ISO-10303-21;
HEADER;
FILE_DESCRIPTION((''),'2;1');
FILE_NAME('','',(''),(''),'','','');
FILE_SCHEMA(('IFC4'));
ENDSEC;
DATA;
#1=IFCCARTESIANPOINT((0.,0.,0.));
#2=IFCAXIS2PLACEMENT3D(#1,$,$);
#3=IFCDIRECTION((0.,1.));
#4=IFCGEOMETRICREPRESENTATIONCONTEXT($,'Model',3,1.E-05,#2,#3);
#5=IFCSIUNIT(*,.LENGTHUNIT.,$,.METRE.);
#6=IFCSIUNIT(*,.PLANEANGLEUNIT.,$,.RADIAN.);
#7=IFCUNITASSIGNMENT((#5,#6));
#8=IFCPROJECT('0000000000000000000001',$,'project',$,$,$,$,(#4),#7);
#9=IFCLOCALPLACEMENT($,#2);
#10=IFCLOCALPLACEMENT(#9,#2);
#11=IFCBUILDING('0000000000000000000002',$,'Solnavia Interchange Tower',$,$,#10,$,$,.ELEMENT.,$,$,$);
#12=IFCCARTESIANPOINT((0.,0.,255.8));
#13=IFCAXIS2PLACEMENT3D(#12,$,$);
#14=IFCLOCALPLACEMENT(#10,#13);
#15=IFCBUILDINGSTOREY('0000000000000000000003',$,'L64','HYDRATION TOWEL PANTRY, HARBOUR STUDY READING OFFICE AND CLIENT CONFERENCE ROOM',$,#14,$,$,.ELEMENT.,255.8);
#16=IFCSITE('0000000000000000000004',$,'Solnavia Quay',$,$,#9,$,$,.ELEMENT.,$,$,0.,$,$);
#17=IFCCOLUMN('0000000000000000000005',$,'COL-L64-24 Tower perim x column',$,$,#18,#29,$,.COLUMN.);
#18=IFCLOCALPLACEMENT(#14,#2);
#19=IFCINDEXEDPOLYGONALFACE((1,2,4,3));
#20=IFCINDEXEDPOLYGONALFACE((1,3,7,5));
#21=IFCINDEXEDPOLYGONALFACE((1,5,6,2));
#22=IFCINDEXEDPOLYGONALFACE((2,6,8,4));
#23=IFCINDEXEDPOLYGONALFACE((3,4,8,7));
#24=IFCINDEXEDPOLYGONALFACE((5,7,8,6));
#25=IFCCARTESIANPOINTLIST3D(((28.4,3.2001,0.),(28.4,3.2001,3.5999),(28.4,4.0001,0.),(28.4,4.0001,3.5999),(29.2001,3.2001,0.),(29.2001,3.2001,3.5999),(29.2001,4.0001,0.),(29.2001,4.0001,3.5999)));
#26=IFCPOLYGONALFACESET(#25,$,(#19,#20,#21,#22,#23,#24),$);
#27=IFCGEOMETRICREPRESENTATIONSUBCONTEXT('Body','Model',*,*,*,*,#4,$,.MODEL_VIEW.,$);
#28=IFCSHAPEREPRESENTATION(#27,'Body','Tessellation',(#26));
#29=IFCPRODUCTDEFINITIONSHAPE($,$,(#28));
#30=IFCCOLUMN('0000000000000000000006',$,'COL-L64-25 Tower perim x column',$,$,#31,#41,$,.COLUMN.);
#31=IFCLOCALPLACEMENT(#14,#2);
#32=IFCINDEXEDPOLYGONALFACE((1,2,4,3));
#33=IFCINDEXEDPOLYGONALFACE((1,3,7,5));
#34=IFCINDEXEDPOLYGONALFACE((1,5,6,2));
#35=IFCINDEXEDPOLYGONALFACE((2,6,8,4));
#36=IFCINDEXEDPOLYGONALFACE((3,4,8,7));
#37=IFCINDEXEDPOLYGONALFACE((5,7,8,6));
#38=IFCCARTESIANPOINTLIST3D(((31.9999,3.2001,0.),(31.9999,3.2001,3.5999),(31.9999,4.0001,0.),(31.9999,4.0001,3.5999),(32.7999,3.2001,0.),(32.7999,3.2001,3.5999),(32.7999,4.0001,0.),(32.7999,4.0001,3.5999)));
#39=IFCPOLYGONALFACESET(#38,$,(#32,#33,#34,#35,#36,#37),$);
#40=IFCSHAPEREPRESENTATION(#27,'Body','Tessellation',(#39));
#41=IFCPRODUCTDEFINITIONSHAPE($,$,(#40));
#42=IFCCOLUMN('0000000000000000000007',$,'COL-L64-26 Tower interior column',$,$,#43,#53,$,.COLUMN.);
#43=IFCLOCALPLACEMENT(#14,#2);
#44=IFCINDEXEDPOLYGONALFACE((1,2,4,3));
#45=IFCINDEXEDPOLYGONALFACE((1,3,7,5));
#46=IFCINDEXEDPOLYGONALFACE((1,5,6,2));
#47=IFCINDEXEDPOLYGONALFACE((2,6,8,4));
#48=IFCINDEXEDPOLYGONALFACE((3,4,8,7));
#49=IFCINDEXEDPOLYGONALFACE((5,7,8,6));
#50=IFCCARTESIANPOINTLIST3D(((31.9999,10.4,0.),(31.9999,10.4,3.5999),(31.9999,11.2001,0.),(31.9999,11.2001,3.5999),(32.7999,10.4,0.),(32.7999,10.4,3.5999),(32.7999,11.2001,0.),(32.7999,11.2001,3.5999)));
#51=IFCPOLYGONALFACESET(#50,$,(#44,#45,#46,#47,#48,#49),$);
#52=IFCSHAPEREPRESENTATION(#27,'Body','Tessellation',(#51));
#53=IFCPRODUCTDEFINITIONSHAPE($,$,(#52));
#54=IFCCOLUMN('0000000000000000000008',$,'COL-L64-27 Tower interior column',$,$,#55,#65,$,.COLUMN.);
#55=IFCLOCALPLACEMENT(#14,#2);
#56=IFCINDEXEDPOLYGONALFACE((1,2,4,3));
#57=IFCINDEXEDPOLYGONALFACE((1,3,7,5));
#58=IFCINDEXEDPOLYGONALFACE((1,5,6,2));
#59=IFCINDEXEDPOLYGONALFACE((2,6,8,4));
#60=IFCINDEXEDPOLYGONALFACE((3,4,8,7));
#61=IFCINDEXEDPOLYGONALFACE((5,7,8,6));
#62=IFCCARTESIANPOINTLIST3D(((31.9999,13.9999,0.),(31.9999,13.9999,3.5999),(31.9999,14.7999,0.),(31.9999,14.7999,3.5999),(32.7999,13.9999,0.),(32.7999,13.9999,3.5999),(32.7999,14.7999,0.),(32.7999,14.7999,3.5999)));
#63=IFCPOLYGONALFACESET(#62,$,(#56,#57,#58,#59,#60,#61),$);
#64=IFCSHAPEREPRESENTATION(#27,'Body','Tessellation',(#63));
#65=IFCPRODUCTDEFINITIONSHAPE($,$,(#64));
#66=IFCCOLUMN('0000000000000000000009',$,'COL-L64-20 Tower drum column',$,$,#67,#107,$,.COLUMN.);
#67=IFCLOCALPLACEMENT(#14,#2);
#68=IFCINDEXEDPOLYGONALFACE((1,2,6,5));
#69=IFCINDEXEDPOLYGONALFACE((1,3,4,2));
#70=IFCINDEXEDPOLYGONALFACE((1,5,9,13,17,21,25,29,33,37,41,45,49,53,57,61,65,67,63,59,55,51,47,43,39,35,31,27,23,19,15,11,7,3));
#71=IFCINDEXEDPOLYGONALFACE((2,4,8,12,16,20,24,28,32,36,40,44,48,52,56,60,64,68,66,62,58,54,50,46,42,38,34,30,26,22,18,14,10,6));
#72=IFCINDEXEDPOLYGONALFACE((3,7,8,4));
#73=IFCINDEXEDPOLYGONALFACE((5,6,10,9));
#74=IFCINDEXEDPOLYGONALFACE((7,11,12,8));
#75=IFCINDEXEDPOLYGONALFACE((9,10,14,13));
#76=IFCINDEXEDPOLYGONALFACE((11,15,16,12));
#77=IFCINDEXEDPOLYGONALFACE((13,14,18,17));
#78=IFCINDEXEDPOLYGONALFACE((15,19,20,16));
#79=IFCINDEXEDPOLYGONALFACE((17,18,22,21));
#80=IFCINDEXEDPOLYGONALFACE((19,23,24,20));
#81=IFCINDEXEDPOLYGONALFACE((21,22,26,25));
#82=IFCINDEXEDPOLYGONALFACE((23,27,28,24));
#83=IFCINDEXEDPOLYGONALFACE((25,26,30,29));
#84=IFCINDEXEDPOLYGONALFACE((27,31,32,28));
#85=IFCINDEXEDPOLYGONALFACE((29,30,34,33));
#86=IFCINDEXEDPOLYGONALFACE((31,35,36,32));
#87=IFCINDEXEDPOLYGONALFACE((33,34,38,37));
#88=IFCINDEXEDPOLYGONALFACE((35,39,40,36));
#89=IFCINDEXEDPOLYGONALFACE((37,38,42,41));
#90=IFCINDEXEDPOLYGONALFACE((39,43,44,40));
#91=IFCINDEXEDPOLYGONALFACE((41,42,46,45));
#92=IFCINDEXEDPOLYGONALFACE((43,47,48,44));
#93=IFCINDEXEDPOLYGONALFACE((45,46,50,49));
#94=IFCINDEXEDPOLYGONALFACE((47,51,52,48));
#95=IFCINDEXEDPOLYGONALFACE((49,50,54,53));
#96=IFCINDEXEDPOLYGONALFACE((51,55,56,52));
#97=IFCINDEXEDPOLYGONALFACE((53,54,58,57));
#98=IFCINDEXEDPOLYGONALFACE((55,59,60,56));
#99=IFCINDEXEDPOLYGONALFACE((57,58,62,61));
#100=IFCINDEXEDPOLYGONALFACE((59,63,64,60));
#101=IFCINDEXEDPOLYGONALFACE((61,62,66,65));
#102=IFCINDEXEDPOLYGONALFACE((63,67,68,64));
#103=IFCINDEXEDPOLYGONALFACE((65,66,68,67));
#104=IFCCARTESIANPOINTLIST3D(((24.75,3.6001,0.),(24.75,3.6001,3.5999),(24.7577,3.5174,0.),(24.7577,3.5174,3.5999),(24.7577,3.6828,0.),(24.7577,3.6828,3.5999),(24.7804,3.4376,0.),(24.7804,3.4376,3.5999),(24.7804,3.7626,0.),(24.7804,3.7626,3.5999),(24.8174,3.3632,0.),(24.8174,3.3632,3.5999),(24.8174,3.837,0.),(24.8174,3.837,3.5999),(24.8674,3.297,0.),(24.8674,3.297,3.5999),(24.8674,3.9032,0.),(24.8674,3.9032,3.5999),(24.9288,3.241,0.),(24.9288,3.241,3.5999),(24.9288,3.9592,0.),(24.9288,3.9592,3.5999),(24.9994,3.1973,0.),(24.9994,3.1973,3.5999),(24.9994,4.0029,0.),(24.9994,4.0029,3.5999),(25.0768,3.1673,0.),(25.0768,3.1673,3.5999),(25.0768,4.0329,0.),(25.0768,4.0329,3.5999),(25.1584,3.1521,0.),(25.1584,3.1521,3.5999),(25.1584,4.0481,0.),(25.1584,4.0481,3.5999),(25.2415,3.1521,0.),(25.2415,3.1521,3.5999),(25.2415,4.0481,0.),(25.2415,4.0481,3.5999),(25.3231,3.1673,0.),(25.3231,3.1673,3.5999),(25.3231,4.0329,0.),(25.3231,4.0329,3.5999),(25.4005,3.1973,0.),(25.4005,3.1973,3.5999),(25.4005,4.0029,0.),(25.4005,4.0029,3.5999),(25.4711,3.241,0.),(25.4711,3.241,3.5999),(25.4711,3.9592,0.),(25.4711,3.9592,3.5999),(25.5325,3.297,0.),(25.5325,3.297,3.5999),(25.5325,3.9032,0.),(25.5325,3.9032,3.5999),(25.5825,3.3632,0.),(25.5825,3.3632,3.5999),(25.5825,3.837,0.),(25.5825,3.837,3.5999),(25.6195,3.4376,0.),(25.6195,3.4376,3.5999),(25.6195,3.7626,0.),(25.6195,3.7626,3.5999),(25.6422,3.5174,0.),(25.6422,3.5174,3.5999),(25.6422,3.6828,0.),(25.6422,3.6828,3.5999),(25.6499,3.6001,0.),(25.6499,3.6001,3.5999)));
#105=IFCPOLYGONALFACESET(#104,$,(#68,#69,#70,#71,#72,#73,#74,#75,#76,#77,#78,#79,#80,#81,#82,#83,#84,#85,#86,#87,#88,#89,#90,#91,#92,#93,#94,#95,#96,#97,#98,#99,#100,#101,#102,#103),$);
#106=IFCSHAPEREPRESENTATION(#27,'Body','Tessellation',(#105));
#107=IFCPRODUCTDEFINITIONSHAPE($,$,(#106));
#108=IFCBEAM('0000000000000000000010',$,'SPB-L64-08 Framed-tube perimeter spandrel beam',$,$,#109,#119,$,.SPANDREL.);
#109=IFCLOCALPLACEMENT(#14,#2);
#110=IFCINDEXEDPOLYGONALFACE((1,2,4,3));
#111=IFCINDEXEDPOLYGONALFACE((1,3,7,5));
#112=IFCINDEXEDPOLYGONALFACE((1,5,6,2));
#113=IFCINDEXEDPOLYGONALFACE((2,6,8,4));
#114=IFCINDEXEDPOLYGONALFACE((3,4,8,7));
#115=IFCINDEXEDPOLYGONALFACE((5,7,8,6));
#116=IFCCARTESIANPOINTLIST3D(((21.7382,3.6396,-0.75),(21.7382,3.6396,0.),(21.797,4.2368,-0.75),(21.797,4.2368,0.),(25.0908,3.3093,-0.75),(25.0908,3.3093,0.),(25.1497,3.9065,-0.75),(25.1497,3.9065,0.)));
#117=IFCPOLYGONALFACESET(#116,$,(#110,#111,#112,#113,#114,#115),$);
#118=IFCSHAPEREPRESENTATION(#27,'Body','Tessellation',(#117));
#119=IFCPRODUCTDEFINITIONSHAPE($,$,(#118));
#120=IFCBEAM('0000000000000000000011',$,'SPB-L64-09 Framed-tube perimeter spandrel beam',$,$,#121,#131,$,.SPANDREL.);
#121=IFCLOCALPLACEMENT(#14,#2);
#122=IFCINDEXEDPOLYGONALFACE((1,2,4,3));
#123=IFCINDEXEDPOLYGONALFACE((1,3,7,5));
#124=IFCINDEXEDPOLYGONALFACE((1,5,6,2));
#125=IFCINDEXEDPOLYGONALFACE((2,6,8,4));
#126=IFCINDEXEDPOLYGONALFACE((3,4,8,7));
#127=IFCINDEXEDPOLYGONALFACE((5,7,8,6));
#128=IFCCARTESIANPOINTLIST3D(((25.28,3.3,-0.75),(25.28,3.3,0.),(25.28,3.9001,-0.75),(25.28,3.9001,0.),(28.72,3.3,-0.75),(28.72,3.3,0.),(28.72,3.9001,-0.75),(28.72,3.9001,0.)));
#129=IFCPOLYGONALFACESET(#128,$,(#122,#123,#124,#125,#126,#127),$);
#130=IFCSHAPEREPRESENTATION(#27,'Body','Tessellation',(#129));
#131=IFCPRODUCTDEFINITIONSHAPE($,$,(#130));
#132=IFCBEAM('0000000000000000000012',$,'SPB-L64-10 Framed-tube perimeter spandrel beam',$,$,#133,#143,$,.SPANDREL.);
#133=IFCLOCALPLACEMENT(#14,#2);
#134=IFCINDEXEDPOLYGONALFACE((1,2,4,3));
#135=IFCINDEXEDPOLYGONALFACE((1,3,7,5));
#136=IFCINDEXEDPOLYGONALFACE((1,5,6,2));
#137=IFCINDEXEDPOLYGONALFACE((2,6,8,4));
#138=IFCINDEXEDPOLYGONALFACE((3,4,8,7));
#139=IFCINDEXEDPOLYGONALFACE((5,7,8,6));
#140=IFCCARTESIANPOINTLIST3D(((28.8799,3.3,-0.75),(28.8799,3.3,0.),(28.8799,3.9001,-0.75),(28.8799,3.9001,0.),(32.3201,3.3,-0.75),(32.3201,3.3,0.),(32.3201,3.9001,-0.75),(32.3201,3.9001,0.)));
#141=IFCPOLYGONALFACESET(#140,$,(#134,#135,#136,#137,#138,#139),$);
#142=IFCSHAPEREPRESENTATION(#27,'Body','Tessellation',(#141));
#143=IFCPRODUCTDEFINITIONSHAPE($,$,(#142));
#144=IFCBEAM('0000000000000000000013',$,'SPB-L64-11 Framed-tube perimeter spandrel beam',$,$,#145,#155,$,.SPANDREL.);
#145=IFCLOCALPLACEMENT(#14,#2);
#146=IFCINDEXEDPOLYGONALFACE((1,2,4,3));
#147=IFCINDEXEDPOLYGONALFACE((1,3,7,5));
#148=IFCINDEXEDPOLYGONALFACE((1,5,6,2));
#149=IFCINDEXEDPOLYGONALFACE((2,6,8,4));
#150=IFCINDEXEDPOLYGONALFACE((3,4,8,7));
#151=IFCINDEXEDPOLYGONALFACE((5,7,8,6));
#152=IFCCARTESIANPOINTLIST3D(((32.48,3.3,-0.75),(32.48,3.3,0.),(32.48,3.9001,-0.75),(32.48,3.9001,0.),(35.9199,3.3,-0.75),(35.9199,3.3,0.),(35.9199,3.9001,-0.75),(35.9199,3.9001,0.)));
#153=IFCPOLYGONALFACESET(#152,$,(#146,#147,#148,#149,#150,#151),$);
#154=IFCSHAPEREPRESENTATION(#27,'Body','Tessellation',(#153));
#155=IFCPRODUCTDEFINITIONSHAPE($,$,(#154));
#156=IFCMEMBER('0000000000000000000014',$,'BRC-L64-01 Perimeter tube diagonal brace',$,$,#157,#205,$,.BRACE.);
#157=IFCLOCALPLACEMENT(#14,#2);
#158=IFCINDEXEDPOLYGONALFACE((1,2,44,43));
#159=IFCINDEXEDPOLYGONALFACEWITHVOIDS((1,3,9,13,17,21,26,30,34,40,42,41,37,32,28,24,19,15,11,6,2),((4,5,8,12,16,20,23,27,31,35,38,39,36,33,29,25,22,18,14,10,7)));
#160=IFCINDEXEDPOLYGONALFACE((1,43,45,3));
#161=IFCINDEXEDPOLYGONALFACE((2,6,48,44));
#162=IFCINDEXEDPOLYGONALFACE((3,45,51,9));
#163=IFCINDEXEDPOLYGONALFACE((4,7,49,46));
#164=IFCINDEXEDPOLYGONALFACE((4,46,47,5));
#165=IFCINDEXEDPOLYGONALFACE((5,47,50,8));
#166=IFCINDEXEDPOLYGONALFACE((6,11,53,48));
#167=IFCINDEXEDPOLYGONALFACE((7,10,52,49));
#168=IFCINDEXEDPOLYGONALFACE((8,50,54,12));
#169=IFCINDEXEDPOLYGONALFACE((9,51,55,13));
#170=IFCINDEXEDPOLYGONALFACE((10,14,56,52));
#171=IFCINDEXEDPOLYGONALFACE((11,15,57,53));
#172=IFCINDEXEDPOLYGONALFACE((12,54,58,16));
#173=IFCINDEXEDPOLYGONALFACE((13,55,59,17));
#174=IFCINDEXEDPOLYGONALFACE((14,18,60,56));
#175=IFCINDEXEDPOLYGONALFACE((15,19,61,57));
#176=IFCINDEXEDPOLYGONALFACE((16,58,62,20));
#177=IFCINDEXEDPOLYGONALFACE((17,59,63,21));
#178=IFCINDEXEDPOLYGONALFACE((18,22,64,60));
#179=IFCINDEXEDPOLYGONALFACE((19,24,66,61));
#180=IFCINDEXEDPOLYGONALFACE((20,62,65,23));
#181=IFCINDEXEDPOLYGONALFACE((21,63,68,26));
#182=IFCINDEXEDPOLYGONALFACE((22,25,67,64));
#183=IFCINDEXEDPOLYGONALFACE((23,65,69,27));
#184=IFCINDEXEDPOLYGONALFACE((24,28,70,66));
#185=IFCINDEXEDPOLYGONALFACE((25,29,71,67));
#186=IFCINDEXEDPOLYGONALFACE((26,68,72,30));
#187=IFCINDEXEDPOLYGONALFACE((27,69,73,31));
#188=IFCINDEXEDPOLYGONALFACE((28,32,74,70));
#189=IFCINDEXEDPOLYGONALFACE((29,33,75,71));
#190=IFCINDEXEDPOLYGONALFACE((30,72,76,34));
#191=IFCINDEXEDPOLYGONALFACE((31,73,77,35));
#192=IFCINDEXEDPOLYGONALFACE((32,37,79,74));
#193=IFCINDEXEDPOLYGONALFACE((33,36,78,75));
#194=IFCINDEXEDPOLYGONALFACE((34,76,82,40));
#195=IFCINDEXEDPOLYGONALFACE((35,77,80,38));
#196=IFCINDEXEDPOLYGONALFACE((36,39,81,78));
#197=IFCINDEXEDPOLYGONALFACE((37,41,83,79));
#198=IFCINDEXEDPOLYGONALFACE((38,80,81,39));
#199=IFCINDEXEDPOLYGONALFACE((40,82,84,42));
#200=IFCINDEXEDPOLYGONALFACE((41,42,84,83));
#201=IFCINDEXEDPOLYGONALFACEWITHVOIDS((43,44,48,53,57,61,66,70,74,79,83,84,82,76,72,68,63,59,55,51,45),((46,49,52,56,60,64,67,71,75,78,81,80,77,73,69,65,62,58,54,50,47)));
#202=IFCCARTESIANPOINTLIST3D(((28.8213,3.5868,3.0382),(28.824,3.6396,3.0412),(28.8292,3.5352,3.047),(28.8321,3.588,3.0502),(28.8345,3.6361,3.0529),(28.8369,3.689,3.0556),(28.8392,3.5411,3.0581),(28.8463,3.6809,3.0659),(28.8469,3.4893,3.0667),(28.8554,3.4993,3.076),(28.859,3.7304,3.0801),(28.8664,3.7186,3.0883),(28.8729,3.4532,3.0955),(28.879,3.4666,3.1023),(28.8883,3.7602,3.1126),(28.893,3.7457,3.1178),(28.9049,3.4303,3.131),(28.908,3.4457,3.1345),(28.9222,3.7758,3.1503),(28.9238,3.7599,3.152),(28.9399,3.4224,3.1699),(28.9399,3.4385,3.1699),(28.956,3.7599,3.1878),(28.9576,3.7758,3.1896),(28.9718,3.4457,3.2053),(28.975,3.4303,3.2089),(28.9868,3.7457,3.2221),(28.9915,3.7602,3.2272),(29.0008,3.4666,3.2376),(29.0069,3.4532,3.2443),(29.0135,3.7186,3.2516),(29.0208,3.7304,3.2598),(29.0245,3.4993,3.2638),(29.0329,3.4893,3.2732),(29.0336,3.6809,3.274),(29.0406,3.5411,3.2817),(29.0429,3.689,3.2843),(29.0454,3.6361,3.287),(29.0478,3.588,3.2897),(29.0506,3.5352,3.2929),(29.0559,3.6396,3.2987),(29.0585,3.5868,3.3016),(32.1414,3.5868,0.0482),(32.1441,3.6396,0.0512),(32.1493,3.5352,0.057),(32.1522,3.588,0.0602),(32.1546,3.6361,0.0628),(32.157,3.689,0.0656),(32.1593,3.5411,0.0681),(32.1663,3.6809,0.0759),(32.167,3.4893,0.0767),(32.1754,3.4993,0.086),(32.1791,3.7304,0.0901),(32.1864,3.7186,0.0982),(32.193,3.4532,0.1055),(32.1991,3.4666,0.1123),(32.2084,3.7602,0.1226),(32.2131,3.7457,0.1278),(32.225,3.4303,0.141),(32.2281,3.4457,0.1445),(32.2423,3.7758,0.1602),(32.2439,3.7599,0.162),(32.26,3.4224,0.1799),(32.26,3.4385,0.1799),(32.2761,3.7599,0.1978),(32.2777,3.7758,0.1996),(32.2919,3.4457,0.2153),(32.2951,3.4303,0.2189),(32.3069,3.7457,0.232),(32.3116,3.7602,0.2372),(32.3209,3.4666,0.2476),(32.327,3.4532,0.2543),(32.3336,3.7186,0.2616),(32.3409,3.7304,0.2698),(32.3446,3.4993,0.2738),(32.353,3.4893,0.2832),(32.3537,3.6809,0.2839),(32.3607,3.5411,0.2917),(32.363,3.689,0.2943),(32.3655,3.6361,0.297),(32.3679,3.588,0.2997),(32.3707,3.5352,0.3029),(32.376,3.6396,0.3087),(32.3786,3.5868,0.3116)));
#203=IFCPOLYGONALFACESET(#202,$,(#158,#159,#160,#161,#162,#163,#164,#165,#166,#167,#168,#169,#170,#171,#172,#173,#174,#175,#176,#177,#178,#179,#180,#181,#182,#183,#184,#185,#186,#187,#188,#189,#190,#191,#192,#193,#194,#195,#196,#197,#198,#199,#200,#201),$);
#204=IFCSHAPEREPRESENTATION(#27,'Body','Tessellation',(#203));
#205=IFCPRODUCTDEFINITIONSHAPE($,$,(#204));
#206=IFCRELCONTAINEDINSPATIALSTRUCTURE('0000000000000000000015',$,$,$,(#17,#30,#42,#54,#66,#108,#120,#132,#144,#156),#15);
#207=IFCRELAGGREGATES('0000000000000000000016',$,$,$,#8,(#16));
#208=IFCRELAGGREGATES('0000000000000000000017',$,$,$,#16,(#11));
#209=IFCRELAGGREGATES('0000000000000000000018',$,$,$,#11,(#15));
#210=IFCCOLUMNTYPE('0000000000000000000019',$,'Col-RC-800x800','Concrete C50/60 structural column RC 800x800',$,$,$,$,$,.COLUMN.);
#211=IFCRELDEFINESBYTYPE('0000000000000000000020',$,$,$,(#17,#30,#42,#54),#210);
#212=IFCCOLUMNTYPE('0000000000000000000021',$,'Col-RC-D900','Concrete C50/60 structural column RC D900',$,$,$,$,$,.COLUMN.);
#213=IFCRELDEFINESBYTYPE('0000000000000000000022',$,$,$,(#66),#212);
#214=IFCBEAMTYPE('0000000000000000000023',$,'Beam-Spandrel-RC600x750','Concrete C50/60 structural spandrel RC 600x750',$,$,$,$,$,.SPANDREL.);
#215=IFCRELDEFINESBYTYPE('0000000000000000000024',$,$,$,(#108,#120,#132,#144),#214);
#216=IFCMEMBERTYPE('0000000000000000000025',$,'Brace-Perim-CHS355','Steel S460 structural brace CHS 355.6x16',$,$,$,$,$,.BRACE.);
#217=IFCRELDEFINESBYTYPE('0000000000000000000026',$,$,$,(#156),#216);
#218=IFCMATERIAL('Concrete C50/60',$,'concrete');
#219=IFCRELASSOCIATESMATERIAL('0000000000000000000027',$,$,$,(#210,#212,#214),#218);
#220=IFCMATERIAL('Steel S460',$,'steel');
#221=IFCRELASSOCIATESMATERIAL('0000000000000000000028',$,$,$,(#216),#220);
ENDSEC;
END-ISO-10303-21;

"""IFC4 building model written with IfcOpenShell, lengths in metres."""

from ifc_helpers import new_model, si_unit, direction, frame, origin, origin_2d, place, context, subcontext, project, spatial, rectangle, circle, hollow_circle, extrude, material, material_profile, profile_set, type_object, element, save


model = new_model("IFC4")

# Units and contexts
model_context = context("Model", 3, precision=1e-05, world=origin(), true_north=direction((0.0, 1.0)))
body_context = subcontext(model_context, "Body", "Model", "MODEL_VIEW")
ifc_project = project(units=[si_unit("LENGTHUNIT", "METRE"), si_unit("PLANEANGLEUNIT", "RADIAN")], contexts=[model_context])

# Site, building, storey
site_placement = place(None, origin())
site = spatial("IfcSite", under=ifc_project, at=site_placement, Name="Solnavia Quay", CompositionType="ELEMENT", RefElevation=0.0)
building_placement = place(site_placement, origin())
building = spatial("IfcBuilding", under=site, at=building_placement, Name="Solnavia Interchange Tower", CompositionType="ELEMENT")
storey_placement = place(building_placement, frame((0.0, 0.0, 255.8)))
storey = spatial("IfcBuildingStorey", under=building, at=storey_placement, Name="L64", Description="HYDRATION TOWEL PANTRY, HARBOUR STUDY READING OFFICE AND CLIENT CONFERENCE ROOM", CompositionType="ELEMENT", Elevation=255.8)

# Columns
ifc_material_1 = material(Name="Concrete C50/60", Category="concrete")
ifc_material_profile_1 = material_profile(ifc_material_1, rectangle(XDim=0.8, YDim=0.8, at=origin_2d()), Name="RC 800x800")
ifc_profile_set_1 = profile_set([ifc_material_profile_1], Name="Concrete C50/60")
column_type_1 = type_object("IfcColumnType", Name="Col-RC-800x800", Description="Concrete C50/60 structural column RC 800x800", PredefinedType="COLUMN", material=ifc_profile_set_1)
for number, where, z_axis, x_axis, name in (
    (1, (28.8, 3.6001, 0.0), (0.0, 0.0, 1.0), (1.0, 0.0, 0.0), "COL-L64-24 Tower perim x column"),
    (2, (32.3999, 3.6001, 0.0), (0.0, 0.0, 1.0), (1.0, 0.0, 0.0), "COL-L64-25 Tower perim x column"),
    (3, (32.3999, 10.8, 0.0), (0.0, 0.0, 1.0), (1.0, 0.0, 0.0), "COL-L64-26 Tower interior column"),
    (4, (32.3999, 14.3999, 0.0), (0.0, 0.0, 1.0), (1.0, 0.0, 0.0), "COL-L64-27 Tower interior column"),
):
    element("IfcColumn", number, at=place(storey_placement, frame(where, z_axis=z_axis, x_axis=x_axis)), inside=storey, type_object=column_type_1, Name=name, PredefinedType="COLUMN", context=body_context, shape_type="SweptSolid", body=[
        extrude(rectangle(XDim=0.8, YDim=0.8, at=origin_2d()), origin(), (0.0, 0.0, 1.0), 3.5999),
    ])
ifc_material_profile_2 = material_profile(ifc_material_1, circle(Radius=0.45, at=origin_2d()), Name="RC D900")
ifc_profile_set_2 = profile_set([ifc_material_profile_2], Name="Concrete C50/60")
column_type_2 = type_object("IfcColumnType", Name="Col-RC-D900", Description="Concrete C50/60 structural column RC D900", PredefinedType="COLUMN", material=ifc_profile_set_2)
column_placement = place(storey_placement, frame((25.2, 3.6001, 0.0), z_axis=(0.0, 0.0, 1.0), x_axis=(1.0, 0.0, 0.0)))
element("IfcColumn", 5, at=column_placement, inside=storey, type_object=column_type_2, Name="COL-L64-20 Tower drum column", PredefinedType="COLUMN", context=body_context, shape_type="SweptSolid", body=[
    extrude(circle(Radius=0.45, at=origin_2d()), origin(), (0.0, 0.0, 1.0), 3.5999),
])

# Beams
ifc_material_profile_3 = material_profile(ifc_material_1, rectangle(XDim=0.6001, YDim=0.75, at=origin_2d()), Name="RC 600x750")
ifc_profile_set_3 = profile_set([ifc_material_profile_3], Name="Concrete C50/60")
beam_type = type_object("IfcBeamType", Name="Beam-Spandrel-RC600x750", Description="Concrete C50/60 structural spandrel RC 600x750", PredefinedType="SPANDREL", material=ifc_profile_set_3)
beam_1_placement = place(storey_placement, frame((21.7676, 3.9382, -0.375), z_axis=(0.995182, -0.098047, 0.0), x_axis=(0.098047, 0.995182, 0.0)))
element("IfcBeam", 6, at=beam_1_placement, inside=storey, type_object=beam_type, Name="SPB-L64-08 Framed-tube perimeter spandrel beam", PredefinedType="SPANDREL", context=body_context, shape_type="SweptSolid", body=[
    extrude(rectangle(XDim=0.6001, YDim=0.75, at=origin_2d()), origin(), (0.0, 0.0, 1.0), 3.3689),
])
beam_2_placement = place(storey_placement, frame((25.28, 3.6001, -0.375), z_axis=(1.0, 0.0, 0.0), x_axis=(0.0, 1.0, 0.0)))
element("IfcBeam", 7, at=beam_2_placement, inside=storey, type_object=beam_type, Name="SPB-L64-09 Framed-tube perimeter spandrel beam", PredefinedType="SPANDREL", context=body_context, shape_type="SweptSolid", body=[
    extrude(rectangle(XDim=0.6001, YDim=0.75, at=origin_2d()), origin(), (0.0, 0.0, 1.0), 3.4399),
])
beam_3_placement = place(storey_placement, frame((28.8799, 3.6001, -0.375), z_axis=(1.0, 0.0, 0.0), x_axis=(0.0, 1.0, 0.0)))
element("IfcBeam", 8, at=beam_3_placement, inside=storey, type_object=beam_type, Name="SPB-L64-10 Framed-tube perimeter spandrel beam", PredefinedType="SPANDREL", context=body_context, shape_type="SweptSolid", body=[
    extrude(rectangle(XDim=0.6001, YDim=0.75, at=origin_2d()), origin(), (0.0, 0.0, 1.0), 3.4402),
])
beam_4_placement = place(storey_placement, frame((32.48, 3.6001, -0.375), z_axis=(1.0, 0.0, 0.0), x_axis=(0.0, 1.0, 0.0)))
element("IfcBeam", 9, at=beam_4_placement, inside=storey, type_object=beam_type, Name="SPB-L64-11 Framed-tube perimeter spandrel beam", PredefinedType="SPANDREL", context=body_context, shape_type="SweptSolid", body=[
    extrude(rectangle(XDim=0.6001, YDim=0.75, at=origin_2d()), origin(), (0.0, 0.0, 1.0), 3.4399),
])

# Member
ifc_material_2 = material(Name="Steel S460", Category="steel")
ifc_material_profile_4 = material_profile(ifc_material_2, hollow_circle(Radius=0.1777, WallThickness=0.0161, at=origin_2d()), Name="CHS 355.6x16")
ifc_profile_set_4 = profile_set([ifc_material_profile_4], Name="Steel S460")
member_type = type_object("IfcMemberType", Name="Brace-Perim-CHS355", Description="Steel S460 structural brace CHS 355.6x16", PredefinedType="BRACE", material=ifc_profile_set_4)
member_placement = place(storey_placement, frame((32.26, 3.6001, 0.1799), z_axis=(-0.743079, 0.0, 0.669203), x_axis=(0.0, -1.0, 0.0)))
element("IfcMember", 10, at=member_placement, inside=storey, type_object=member_type, Name="BRC-L64-01 Perimeter tube diagonal brace", PredefinedType="BRACE", context=body_context, shape_type="SweptSolid", body=[
    extrude(hollow_circle(Radius=0.1777, WallThickness=0.0161, at=origin_2d()), origin(), (0.0, 0.0, 1.0), 4.468),
])

save(model, "model.ifc")
